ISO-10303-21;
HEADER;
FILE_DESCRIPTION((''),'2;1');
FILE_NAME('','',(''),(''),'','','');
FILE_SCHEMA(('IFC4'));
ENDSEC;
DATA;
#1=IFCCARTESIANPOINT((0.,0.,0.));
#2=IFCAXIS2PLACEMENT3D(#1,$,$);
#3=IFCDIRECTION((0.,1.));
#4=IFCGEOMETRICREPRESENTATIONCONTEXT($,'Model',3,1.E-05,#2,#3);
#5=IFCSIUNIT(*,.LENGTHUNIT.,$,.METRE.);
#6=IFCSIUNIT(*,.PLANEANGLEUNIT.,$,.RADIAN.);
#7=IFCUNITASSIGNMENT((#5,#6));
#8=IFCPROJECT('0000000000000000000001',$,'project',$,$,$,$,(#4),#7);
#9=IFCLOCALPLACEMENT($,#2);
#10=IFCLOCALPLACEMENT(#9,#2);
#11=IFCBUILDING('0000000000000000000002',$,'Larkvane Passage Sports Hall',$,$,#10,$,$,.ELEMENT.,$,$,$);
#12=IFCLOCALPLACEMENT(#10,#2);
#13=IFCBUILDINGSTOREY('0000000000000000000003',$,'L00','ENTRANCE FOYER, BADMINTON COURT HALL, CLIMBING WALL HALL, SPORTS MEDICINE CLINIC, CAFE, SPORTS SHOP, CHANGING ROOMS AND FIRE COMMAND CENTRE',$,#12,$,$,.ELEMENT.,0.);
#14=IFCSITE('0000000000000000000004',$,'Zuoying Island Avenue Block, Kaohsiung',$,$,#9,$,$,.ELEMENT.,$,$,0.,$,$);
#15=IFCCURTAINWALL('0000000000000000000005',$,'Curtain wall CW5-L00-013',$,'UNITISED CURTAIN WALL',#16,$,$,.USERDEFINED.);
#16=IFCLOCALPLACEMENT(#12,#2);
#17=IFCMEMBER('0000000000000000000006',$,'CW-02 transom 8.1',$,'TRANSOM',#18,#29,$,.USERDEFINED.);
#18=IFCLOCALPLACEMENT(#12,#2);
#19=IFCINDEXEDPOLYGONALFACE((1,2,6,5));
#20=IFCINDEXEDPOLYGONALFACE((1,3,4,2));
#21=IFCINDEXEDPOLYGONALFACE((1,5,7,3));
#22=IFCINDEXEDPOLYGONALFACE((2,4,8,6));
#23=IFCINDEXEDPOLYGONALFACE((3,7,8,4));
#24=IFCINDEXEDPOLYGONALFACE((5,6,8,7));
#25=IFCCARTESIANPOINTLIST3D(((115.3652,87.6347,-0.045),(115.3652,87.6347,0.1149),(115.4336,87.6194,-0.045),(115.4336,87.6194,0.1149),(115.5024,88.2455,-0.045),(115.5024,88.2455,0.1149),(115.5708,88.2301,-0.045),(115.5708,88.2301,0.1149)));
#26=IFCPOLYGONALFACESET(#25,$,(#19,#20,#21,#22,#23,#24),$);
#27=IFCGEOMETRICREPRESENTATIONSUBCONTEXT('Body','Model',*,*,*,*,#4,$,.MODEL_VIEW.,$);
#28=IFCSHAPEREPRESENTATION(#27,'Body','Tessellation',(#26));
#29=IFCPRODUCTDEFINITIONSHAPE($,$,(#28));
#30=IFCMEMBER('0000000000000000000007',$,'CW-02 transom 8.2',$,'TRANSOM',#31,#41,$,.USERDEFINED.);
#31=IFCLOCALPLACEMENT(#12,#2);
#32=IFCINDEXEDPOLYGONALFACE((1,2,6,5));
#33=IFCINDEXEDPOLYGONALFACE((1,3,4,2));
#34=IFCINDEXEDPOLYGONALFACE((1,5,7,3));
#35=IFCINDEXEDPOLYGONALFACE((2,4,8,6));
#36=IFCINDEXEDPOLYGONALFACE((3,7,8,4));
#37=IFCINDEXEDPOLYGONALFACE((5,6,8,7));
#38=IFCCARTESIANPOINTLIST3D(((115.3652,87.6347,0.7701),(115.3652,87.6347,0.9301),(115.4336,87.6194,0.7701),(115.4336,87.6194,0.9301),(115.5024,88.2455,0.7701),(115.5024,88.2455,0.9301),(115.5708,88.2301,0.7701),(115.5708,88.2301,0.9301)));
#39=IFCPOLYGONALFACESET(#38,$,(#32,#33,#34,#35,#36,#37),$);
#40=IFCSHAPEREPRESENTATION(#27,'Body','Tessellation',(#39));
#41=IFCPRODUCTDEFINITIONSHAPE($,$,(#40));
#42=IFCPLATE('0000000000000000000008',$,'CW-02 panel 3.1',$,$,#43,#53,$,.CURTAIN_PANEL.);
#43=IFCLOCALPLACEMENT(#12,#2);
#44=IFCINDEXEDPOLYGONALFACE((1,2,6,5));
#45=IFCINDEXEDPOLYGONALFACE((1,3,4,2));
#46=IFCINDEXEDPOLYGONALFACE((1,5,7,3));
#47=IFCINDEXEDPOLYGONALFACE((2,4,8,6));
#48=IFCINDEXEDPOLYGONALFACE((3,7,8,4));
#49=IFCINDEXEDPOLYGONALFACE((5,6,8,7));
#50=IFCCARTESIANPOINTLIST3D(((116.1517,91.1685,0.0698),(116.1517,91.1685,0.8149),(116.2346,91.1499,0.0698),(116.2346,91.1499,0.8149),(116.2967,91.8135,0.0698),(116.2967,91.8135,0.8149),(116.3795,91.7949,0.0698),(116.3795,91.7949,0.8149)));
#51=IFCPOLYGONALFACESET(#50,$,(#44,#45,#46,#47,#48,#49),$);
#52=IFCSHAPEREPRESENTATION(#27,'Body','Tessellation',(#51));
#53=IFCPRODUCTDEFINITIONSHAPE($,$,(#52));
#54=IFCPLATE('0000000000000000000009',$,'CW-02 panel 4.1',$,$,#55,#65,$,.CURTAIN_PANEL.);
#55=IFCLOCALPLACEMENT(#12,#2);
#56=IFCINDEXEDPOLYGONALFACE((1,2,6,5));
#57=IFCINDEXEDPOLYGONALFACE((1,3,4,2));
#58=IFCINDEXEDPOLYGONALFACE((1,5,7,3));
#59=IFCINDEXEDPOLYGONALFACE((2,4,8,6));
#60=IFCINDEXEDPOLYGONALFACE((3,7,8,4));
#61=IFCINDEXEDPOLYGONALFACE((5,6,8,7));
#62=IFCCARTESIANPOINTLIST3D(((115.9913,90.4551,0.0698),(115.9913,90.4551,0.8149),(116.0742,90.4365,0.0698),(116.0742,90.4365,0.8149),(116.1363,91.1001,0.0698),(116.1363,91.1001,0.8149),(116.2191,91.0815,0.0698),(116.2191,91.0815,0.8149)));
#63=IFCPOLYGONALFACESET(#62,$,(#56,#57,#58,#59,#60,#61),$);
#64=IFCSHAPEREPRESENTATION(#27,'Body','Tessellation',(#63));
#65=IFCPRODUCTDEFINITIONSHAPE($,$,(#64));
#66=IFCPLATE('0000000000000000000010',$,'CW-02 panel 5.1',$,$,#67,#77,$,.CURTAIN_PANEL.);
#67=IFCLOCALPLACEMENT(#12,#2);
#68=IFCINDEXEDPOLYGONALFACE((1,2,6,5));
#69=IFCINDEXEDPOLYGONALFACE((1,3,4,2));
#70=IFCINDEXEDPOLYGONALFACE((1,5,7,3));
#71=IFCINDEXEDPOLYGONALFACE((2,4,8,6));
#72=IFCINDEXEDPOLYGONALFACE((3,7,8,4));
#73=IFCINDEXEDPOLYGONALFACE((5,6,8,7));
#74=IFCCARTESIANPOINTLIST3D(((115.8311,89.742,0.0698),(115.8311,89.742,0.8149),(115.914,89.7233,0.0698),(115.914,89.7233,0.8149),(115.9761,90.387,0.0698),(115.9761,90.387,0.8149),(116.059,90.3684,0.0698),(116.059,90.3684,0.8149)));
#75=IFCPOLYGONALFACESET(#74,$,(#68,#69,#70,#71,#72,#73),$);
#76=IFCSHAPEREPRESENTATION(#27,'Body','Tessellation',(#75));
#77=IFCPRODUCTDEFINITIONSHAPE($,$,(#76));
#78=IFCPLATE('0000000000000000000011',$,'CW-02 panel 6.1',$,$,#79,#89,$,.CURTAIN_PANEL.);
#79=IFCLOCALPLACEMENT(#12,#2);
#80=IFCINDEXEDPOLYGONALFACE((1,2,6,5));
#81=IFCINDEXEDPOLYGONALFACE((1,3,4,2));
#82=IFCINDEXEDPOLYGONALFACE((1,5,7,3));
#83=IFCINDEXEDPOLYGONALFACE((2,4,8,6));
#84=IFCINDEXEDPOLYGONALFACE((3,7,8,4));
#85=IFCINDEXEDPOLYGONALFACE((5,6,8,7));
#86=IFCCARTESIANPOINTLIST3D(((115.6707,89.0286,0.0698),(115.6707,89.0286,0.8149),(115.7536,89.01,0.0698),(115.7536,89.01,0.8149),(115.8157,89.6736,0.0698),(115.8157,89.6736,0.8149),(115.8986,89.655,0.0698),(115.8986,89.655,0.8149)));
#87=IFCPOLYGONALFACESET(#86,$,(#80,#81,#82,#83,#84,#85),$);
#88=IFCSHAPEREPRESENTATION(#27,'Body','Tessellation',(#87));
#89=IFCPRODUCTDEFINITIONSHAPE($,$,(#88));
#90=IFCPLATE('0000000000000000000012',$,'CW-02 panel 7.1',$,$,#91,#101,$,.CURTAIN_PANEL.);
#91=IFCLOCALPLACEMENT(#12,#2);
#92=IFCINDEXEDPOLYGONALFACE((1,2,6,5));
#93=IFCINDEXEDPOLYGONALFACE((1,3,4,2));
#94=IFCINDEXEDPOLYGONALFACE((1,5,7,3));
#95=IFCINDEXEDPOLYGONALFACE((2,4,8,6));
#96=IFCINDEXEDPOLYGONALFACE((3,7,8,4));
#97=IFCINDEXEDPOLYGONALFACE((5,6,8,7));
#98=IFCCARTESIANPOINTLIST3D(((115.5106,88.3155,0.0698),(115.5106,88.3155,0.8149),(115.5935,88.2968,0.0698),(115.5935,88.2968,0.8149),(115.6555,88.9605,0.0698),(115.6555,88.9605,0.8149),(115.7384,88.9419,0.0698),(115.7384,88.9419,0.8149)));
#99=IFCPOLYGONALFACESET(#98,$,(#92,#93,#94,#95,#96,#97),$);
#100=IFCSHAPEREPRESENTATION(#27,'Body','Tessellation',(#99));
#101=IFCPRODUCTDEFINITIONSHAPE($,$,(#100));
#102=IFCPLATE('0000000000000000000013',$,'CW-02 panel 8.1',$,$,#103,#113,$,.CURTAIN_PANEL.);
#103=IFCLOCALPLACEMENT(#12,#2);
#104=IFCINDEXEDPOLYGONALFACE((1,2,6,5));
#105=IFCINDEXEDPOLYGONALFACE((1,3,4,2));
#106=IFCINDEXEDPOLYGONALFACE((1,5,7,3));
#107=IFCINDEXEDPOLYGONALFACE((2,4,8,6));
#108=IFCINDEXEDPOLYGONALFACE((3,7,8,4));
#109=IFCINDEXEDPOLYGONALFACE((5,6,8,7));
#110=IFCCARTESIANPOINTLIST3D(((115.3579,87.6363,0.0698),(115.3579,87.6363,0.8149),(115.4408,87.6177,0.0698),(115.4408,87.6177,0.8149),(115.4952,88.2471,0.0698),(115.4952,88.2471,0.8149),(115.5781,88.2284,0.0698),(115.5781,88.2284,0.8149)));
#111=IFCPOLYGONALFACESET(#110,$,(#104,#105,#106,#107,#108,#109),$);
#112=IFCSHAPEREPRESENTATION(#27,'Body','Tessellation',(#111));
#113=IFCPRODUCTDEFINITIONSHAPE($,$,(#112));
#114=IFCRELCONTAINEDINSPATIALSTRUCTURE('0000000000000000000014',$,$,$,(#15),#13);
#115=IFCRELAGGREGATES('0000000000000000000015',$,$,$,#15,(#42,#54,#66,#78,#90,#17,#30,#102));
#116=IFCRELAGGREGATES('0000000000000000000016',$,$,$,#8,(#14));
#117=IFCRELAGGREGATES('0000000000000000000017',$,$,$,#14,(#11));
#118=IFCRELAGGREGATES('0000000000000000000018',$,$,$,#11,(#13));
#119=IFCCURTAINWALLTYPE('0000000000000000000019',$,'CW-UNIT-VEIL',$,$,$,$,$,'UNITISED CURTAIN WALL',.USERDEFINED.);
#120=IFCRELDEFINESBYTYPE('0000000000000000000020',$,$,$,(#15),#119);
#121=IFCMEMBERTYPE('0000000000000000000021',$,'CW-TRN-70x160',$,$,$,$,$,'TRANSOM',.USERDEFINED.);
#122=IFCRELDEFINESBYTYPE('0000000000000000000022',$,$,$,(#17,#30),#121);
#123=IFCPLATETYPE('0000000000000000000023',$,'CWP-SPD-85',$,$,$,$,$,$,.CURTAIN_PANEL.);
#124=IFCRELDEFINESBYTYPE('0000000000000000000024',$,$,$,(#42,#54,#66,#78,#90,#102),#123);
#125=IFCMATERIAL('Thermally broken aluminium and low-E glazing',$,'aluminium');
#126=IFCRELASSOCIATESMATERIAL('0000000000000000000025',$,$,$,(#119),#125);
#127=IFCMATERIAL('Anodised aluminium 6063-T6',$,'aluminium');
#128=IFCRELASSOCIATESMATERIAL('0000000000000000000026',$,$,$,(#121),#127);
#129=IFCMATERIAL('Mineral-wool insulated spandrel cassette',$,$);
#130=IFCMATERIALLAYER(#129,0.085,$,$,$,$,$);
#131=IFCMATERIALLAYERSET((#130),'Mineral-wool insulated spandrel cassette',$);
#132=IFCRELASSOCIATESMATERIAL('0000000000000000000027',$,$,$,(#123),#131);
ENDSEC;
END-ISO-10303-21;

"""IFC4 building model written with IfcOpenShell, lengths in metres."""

from ifc_helpers import new_model, si_unit, direction, frame, origin, origin_2d, place, context, subcontext, project, spatial, rectangle, extrude, material, layer, layer_set, material_profile, profile_set, type_object, element, aggregate, save


model = new_model("IFC4")

# Units and contexts
model_context = context("Model", 3, precision=1e-05, world=origin(), true_north=direction((0.0, 1.0)))
body_context = subcontext(model_context, "Body", "Model", "MODEL_VIEW")
ifc_project = project(units=[si_unit("LENGTHUNIT", "METRE"), si_unit("PLANEANGLEUNIT", "RADIAN")], contexts=[model_context])

# Site, building, storey
site_placement = place(None, origin())
site = spatial("IfcSite", under=ifc_project, at=site_placement, Name="Zuoying Island Avenue Block, Kaohsiung", CompositionType="ELEMENT", RefElevation=0.0)
building_placement = place(site_placement, origin())
building = spatial("IfcBuilding", under=site, at=building_placement, Name="Larkvane Passage Sports Hall", CompositionType="ELEMENT")
storey_placement = place(building_placement, origin())
storey = spatial("IfcBuildingStorey", under=building, at=storey_placement, Name="L00", Description="ENTRANCE FOYER, BADMINTON COURT HALL, CLIMBING WALL HALL, SPORTS MEDICINE CLINIC, CAFE, SPORTS SHOP, CHANGING ROOMS AND FIRE COMMAND CENTRE", CompositionType="ELEMENT", Elevation=0.0)

# Curtain wall, members, plates
ifc_material_1 = material(Name="Thermally broken aluminium and low-E glazing", Category="aluminium")
curtain_wall_type = type_object("IfcCurtainWallType", Name="CW-UNIT-VEIL", ElementType="UNITISED CURTAIN WALL", PredefinedType="USERDEFINED", material=ifc_material_1)
curtain_wall_placement = place(storey_placement, origin())
curtain_wall = element("IfcCurtainWall", 1, at=curtain_wall_placement, inside=storey, type_object=curtain_wall_type, Name="Curtain wall CW5-L00-013", ObjectType="UNITISED CURTAIN WALL", PredefinedType="USERDEFINED")
ifc_material_2 = material(Name="Anodised aluminium 6063-T6", Category="aluminium")
ifc_material_profile_1 = material_profile(ifc_material_2, rectangle(XDim=0.0701, YDim=0.1599, at=origin_2d()), Name="ALU-TRN-70x160")
ifc_profile_set_1 = profile_set([ifc_material_profile_1], Name="Anodised aluminium 6063-T6")
member_type_1 = type_object("IfcMemberType", Name="CW-TRN-70x160", ElementType="TRANSOM", PredefinedType="USERDEFINED", material=ifc_profile_set_1)
member_1_placement = place(storey_placement, frame((115.5366, 88.2378, 0.0349), z_axis=(-0.21916, -0.975689, 0.0), x_axis=(0.975689, -0.21916, 0.0)))
member_1 = element("IfcMember", 2, at=member_1_placement, type_object=member_type_1, Name="CW-02 transom 8.1", ObjectType="TRANSOM", PredefinedType="USERDEFINED", context=body_context, shape_type="SweptSolid", body=[
    extrude(rectangle(XDim=0.0701, YDim=0.1599, at=origin_2d()), origin(), (0.0, 0.0, 1.0), 0.626),
])
member_2_placement = place(storey_placement, frame((115.5366, 88.2378, 0.8501), z_axis=(-0.21916, -0.975689, 0.0), x_axis=(0.975689, -0.21916, 0.0)))
member_2 = element("IfcMember", 3, at=member_2_placement, type_object=member_type_1, Name="CW-02 transom 8.2", ObjectType="TRANSOM", PredefinedType="USERDEFINED", context=body_context, shape_type="SweptSolid", body=[
    extrude(rectangle(XDim=0.0701, YDim=0.1599, at=origin_2d()), origin(), (0.0, 0.0, 1.0), 0.626),
])
ifc_material_3 = material(Name="Mineral-wool insulated spandrel cassette")
ifc_layer = layer(ifc_material_3, 0.085)
ifc_layer_set = layer_set([ifc_layer], Name="Mineral-wool insulated spandrel cassette")
plate_type = type_object("IfcPlateType", Name="CWP-SPD-85", PredefinedType="CURTAIN_PANEL", material=ifc_layer_set)
plate_1_placement = place(storey_placement, frame((116.2656, 91.4817, 0.0698), z_axis=(0.0, 0.0, 1.0), x_axis=(-0.219244, -0.97567, 0.0)))
plate_1 = element("IfcPlate", 4, at=plate_1_placement, type_object=plate_type, Name="CW-02 panel 3.1", PredefinedType="CURTAIN_PANEL", context=body_context, shape_type="SweptSolid", body=[
    extrude(rectangle(XDim=0.6611, YDim=0.085, at=origin_2d()), origin(), (0.0, 0.0, 1.0), 0.7451),
])
plate_2_placement = place(storey_placement, frame((116.1052, 90.7683, 0.0698), z_axis=(0.0, 0.0, 1.0), x_axis=(-0.219244, -0.97567, 0.0)))
plate_2 = element("IfcPlate", 5, at=plate_2_placement, type_object=plate_type, Name="CW-02 panel 4.1", PredefinedType="CURTAIN_PANEL", context=body_context, shape_type="SweptSolid", body=[
    extrude(rectangle(XDim=0.6611, YDim=0.085, at=origin_2d()), origin(), (0.0, 0.0, 1.0), 0.7451),
])
plate_3_placement = place(storey_placement, frame((115.9451, 90.0552, 0.0698), z_axis=(0.0, 0.0, 1.0), x_axis=(-0.219244, -0.97567, 0.0)))
plate_3 = element("IfcPlate", 6, at=plate_3_placement, type_object=plate_type, Name="CW-02 panel 5.1", PredefinedType="CURTAIN_PANEL", context=body_context, shape_type="SweptSolid", body=[
    extrude(rectangle(XDim=0.6611, YDim=0.085, at=origin_2d()), origin(), (0.0, 0.0, 1.0), 0.7451),
])
plate_4_placement = place(storey_placement, frame((115.7847, 89.3418, 0.0698), z_axis=(0.0, 0.0, 1.0), x_axis=(-0.219244, -0.97567, 0.0)))
plate_4 = element("IfcPlate", 7, at=plate_4_placement, type_object=plate_type, Name="CW-02 panel 6.1", PredefinedType="CURTAIN_PANEL", context=body_context, shape_type="SweptSolid", body=[
    extrude(rectangle(XDim=0.6611, YDim=0.085, at=origin_2d()), origin(), (0.0, 0.0, 1.0), 0.7451),
])
plate_5_placement = place(storey_placement, frame((115.6245, 88.6287, 0.0698), z_axis=(0.0, 0.0, 1.0), x_axis=(-0.219244, -0.97567, 0.0)))
plate_5 = element("IfcPlate", 8, at=plate_5_placement, type_object=plate_type, Name="CW-02 panel 7.1", PredefinedType="CURTAIN_PANEL", context=body_context, shape_type="SweptSolid", body=[
    extrude(rectangle(XDim=0.6611, YDim=0.085, at=origin_2d()), origin(), (0.0, 0.0, 1.0), 0.7451),
])
plate_6_placement = place(storey_placement, frame((115.468, 87.9324, 0.0698), z_axis=(0.0, 0.0, 1.0), x_axis=(-0.219244, -0.97567, 0.0)))
plate_6 = element("IfcPlate", 9, at=plate_6_placement, type_object=plate_type, Name="CW-02 panel 8.1", PredefinedType="CURTAIN_PANEL", context=body_context, shape_type="SweptSolid", body=[
    extrude(rectangle(XDim=0.626, YDim=0.085, at=origin_2d()), origin(), (0.0, 0.0, 1.0), 0.7451),
])
aggregate(curtain_wall, [plate_1, plate_2, plate_3, plate_4, plate_5, member_1, member_2, plate_6])

save(model, "model.ifc")
